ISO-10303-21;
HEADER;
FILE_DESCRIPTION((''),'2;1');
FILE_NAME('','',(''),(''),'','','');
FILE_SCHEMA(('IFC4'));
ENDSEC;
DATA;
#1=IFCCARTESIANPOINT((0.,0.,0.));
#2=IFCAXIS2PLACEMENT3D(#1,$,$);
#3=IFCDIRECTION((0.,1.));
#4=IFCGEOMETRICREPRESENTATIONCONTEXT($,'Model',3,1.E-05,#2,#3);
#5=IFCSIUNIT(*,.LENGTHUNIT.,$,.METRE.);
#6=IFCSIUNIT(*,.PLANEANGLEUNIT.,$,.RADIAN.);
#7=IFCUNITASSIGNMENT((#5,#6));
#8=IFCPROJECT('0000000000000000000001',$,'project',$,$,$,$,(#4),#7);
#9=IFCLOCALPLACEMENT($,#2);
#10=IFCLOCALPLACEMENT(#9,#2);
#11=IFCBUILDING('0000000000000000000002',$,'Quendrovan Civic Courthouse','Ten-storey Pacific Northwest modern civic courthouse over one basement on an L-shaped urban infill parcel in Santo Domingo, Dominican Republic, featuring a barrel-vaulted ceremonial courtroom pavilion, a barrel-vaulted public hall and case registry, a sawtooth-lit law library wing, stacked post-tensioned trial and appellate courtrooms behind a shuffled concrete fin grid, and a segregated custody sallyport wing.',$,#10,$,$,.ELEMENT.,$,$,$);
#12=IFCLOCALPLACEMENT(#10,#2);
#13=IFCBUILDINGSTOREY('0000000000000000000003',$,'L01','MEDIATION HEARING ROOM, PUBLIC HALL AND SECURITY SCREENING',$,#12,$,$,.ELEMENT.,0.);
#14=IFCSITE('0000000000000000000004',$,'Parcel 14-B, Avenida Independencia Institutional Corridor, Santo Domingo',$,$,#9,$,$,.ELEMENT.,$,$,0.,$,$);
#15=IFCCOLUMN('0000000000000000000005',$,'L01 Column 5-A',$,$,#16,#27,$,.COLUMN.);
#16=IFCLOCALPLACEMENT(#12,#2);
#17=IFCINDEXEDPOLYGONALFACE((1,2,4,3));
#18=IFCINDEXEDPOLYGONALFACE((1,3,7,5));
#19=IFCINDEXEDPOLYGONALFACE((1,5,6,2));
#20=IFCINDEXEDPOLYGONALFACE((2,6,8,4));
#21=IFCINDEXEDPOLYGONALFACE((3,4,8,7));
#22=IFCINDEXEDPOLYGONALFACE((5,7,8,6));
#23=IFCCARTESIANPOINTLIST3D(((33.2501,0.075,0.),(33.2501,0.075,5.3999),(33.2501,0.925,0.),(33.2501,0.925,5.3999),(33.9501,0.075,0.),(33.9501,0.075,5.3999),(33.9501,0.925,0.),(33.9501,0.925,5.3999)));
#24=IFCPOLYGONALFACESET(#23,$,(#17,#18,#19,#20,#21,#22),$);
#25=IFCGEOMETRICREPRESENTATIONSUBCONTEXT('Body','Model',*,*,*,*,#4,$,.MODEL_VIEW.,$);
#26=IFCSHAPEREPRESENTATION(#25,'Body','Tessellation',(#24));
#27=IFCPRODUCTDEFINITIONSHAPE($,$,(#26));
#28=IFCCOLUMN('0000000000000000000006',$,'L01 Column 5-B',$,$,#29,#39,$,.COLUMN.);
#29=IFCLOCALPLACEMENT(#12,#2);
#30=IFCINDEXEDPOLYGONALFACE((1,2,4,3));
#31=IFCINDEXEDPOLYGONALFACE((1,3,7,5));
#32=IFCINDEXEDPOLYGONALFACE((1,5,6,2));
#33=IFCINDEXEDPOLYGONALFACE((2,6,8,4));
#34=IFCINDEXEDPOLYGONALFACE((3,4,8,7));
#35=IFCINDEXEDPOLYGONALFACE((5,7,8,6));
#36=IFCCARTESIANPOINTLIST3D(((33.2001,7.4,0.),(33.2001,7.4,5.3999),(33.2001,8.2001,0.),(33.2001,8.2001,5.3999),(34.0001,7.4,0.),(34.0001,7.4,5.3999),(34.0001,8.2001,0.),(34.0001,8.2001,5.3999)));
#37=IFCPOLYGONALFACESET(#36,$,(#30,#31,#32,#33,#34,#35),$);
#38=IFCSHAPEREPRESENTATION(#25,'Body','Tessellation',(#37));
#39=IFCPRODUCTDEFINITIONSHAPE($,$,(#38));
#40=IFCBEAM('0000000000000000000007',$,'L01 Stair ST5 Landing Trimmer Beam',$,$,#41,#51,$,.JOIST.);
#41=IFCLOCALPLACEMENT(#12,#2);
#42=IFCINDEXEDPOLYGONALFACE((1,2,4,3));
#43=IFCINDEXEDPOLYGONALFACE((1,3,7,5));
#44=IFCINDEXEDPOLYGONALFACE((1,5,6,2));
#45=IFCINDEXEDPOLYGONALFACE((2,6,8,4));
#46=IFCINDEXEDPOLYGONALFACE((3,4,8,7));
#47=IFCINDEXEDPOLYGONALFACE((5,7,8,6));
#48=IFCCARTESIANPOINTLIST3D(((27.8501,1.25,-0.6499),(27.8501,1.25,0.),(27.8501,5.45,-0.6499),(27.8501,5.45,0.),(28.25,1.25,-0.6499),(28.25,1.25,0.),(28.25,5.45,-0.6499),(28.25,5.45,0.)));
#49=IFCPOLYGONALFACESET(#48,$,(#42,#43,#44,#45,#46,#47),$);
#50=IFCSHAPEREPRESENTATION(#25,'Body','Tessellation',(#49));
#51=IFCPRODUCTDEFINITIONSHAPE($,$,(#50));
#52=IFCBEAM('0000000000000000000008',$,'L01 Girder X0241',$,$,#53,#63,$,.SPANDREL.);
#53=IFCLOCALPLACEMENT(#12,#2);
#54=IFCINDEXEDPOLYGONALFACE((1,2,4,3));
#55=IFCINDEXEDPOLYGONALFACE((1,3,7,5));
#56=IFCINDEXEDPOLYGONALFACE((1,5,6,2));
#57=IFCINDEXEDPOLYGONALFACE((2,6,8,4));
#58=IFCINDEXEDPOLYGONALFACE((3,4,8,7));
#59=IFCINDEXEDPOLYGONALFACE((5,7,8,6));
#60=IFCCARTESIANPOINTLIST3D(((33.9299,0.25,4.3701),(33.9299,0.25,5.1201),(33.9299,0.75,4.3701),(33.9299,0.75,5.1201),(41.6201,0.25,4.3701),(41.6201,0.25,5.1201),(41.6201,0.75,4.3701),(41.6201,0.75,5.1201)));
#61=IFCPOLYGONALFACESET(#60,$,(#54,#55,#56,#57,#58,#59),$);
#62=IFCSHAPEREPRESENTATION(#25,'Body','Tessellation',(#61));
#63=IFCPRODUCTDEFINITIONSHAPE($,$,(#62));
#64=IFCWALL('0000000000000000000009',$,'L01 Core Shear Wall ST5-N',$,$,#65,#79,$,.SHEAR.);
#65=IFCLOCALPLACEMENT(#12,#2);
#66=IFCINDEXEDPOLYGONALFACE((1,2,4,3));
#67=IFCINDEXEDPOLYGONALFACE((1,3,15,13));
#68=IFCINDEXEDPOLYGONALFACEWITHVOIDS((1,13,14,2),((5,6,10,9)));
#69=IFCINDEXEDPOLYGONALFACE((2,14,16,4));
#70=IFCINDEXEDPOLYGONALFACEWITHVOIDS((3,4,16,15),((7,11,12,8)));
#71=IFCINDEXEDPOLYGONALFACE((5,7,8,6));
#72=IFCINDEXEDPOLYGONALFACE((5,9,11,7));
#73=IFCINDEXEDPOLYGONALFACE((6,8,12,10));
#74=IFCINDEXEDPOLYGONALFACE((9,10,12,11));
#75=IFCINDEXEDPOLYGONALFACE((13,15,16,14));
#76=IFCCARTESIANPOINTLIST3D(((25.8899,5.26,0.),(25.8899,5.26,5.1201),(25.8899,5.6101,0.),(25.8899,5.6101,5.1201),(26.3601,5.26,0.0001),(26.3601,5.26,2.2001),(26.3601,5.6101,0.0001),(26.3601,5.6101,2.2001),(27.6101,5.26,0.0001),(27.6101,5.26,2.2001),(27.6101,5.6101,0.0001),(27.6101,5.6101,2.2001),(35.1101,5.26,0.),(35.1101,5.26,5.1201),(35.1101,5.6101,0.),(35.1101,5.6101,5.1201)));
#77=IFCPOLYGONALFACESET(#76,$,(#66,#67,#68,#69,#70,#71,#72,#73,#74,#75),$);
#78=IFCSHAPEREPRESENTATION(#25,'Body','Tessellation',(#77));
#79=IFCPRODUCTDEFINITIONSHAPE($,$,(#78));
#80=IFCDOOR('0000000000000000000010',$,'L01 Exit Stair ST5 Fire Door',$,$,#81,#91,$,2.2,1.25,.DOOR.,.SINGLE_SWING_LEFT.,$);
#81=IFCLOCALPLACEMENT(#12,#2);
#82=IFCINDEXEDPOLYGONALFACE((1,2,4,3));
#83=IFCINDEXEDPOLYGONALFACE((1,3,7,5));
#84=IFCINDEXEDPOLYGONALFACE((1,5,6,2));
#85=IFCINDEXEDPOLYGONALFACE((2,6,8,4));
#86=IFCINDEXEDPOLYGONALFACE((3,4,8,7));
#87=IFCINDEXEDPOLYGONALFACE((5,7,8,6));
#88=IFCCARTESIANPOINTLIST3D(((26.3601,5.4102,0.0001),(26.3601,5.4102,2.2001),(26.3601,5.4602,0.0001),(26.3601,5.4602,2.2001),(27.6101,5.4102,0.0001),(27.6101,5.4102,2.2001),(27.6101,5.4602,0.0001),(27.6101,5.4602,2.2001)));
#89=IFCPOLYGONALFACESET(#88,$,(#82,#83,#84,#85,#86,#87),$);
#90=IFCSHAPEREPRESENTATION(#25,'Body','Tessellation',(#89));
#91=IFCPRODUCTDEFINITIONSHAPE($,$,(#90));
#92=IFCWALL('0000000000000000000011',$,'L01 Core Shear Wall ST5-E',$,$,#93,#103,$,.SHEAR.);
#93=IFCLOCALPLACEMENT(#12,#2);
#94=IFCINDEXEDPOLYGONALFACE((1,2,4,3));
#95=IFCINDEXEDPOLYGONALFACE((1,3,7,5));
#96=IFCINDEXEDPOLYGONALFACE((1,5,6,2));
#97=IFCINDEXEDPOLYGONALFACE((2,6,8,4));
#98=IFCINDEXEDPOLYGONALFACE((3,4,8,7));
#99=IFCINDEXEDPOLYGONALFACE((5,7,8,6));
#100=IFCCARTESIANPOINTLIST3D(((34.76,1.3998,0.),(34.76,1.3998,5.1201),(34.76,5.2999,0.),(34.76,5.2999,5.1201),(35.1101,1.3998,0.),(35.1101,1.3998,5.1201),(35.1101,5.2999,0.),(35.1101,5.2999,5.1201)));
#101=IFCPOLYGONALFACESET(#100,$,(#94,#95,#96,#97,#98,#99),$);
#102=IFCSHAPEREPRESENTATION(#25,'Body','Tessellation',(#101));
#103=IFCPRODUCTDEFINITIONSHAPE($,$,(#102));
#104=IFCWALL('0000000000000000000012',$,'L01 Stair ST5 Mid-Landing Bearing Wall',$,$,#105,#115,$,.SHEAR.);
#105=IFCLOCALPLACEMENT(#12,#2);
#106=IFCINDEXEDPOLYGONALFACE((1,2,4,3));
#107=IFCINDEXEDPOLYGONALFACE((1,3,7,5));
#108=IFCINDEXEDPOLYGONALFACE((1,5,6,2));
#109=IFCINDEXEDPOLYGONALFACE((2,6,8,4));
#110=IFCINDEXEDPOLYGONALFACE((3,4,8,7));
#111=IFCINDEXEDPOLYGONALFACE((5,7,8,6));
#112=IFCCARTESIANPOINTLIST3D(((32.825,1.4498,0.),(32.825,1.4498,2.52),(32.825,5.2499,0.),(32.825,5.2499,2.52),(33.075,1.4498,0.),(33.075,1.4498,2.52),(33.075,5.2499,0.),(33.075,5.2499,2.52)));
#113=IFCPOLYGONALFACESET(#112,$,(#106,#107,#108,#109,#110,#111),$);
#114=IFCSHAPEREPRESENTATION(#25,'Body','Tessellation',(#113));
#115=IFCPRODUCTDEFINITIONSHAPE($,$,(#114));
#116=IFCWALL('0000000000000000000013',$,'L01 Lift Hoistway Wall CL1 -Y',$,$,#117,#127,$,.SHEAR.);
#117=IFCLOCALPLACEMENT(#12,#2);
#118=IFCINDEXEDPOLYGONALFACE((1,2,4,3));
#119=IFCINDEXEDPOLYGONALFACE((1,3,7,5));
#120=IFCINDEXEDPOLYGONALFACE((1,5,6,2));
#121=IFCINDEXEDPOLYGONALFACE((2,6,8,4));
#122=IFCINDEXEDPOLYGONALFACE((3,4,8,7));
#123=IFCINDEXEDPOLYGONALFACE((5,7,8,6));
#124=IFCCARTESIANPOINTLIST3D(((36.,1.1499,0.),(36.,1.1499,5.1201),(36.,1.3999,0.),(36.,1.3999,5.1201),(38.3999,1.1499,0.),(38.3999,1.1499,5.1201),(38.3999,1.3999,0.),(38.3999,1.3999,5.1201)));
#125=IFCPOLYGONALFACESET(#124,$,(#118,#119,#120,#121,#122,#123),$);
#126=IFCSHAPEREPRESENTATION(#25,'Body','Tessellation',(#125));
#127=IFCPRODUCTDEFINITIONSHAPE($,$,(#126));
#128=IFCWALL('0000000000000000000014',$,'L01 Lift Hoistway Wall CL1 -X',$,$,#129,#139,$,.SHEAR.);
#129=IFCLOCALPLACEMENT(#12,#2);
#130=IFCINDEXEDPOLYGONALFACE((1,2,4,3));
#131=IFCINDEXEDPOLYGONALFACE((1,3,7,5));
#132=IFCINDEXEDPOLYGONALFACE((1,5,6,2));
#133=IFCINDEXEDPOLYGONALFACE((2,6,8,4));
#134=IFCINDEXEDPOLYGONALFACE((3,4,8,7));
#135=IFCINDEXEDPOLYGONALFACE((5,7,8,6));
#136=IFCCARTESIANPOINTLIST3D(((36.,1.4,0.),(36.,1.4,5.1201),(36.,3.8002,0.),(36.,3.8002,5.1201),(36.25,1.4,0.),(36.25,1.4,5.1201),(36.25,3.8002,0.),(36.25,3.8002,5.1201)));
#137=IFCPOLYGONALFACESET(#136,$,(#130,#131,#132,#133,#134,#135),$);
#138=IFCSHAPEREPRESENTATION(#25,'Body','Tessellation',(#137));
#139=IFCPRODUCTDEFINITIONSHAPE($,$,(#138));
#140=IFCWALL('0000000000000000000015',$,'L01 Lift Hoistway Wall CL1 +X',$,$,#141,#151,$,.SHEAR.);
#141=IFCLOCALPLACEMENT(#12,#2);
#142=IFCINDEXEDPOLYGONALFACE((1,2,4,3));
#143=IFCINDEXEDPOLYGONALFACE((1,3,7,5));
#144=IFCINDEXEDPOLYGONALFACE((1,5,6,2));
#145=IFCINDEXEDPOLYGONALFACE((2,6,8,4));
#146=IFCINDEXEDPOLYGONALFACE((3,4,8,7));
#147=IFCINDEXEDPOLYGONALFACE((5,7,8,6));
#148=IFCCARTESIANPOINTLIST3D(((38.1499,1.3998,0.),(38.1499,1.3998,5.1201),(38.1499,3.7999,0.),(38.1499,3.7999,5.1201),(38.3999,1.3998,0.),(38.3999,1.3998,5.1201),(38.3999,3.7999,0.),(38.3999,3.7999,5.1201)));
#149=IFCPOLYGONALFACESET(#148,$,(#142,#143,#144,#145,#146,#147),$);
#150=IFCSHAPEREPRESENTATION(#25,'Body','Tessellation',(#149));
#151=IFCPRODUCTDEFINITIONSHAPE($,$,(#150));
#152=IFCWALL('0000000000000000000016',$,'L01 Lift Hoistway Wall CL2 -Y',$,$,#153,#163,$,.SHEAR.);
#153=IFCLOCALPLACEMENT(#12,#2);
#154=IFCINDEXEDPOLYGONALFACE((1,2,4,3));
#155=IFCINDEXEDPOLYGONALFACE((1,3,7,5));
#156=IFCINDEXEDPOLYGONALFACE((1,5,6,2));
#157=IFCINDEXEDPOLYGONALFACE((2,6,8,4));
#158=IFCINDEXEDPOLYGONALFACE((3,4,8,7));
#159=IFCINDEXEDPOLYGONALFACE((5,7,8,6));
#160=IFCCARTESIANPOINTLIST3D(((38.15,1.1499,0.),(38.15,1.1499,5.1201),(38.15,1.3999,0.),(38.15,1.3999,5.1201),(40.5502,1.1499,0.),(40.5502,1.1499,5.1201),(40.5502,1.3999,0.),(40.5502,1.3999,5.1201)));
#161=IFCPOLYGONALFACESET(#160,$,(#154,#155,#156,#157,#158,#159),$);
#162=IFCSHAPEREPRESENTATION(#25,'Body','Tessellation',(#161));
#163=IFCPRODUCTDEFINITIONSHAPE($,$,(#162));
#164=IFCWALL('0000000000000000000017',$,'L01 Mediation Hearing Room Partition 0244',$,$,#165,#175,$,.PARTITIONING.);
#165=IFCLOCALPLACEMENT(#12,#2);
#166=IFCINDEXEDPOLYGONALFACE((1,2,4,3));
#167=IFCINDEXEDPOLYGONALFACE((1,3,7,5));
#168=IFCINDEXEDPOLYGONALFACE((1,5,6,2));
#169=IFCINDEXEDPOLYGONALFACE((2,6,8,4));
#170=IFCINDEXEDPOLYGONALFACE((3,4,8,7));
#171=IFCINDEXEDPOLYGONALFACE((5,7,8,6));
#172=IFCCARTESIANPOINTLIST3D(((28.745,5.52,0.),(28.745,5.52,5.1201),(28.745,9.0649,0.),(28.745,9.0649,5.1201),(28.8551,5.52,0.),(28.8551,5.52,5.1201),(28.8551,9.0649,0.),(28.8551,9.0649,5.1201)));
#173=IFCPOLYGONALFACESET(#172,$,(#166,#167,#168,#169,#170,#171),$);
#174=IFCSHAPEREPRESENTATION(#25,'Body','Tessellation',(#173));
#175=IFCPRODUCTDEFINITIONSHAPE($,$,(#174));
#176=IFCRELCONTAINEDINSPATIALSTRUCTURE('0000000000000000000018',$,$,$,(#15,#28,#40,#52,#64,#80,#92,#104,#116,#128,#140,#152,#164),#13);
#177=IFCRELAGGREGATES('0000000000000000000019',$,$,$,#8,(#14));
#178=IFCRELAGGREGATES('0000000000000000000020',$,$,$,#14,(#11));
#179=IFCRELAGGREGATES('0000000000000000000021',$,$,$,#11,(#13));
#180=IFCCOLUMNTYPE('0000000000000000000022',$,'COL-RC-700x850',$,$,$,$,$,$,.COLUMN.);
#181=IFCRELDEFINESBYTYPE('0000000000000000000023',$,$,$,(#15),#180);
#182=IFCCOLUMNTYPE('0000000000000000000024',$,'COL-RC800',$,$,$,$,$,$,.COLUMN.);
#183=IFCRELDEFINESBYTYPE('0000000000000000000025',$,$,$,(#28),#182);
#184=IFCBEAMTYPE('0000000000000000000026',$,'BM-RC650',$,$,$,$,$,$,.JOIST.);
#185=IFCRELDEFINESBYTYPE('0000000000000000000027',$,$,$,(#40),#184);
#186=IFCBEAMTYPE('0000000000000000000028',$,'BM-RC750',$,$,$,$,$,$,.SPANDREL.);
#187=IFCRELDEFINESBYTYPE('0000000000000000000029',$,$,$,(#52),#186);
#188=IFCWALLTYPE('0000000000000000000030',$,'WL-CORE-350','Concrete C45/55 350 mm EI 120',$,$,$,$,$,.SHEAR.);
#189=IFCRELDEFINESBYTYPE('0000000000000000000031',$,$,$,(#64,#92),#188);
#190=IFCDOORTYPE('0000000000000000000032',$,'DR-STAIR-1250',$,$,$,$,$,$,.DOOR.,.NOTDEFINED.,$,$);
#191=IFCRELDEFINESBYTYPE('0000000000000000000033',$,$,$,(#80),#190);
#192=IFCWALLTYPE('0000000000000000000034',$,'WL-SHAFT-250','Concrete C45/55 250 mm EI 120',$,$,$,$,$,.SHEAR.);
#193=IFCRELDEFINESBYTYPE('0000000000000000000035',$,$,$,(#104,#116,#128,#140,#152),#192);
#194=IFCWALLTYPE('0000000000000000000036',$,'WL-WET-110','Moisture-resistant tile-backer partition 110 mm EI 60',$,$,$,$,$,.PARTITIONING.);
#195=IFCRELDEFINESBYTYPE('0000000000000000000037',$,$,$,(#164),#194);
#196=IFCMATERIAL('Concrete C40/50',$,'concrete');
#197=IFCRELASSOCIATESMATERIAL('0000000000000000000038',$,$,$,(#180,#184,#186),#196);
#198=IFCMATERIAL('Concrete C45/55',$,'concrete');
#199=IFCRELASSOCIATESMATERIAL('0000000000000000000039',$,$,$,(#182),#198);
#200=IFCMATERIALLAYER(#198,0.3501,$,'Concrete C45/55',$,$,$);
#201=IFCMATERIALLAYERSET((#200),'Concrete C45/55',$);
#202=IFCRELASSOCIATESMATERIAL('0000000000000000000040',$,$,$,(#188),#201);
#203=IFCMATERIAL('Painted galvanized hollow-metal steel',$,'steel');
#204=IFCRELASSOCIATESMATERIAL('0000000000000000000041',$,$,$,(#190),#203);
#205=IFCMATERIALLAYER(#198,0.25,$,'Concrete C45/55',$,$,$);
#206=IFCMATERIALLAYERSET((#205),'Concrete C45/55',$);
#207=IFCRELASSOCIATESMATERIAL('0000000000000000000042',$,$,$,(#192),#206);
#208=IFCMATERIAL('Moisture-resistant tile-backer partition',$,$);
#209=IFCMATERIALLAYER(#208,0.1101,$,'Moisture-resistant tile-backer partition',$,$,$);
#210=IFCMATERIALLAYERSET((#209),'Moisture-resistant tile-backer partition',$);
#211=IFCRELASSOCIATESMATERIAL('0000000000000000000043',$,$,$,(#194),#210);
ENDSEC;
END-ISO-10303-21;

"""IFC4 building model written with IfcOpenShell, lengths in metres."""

from ifc_helpers import new_model, si_unit, direction, frame, frame_2d, origin, origin_2d, place, context, subcontext, project, spatial, rectangle, extrude, material, layer, layer_set, material_profile, profile_set, type_object, element, fill, save


model = new_model("IFC4")

# Units and contexts
model_context = context("Model", 3, precision=1e-05, world=origin(), true_north=direction((0.0, 1.0)))
body_context = subcontext(model_context, "Body", "Model", "MODEL_VIEW")
ifc_project = project(units=[si_unit("LENGTHUNIT", "METRE"), si_unit("PLANEANGLEUNIT", "RADIAN")], contexts=[model_context])

# Site, building, storey
site_placement = place(None, origin())
site = spatial("IfcSite", under=ifc_project, at=site_placement, Name="Parcel 14-B, Avenida Independencia Institutional Corridor, Santo Domingo", CompositionType="ELEMENT", RefElevation=0.0)
building_placement = place(site_placement, origin())
building = spatial("IfcBuilding", under=site, at=building_placement, Name="Quendrovan Civic Courthouse", Description="Ten-storey Pacific Northwest modern civic courthouse over one basement on an L-shaped urban infill parcel in Santo Domingo, Dominican Republic, featuring a barrel-vaulted ceremonial courtroom pavilion, a barrel-vaulted public hall and case registry, a sawtooth-lit law library wing, stacked post-tensioned trial and appellate courtrooms behind a shuffled concrete fin grid, and a segregated custody sallyport wing.", CompositionType="ELEMENT")
storey_placement = place(building_placement, origin())
storey = spatial("IfcBuildingStorey", under=building, at=storey_placement, Name="L01", Description="MEDIATION HEARING ROOM, PUBLIC HALL AND SECURITY SCREENING", CompositionType="ELEMENT", Elevation=0.0)

# Columns
ifc_material_1 = material(Name="Concrete C40/50", Category="concrete")
ifc_material_profile_1 = material_profile(ifc_material_1, rectangle(XDim=0.7, YDim=0.8501, at=origin_2d()), Name="RC-COL-700x850")
ifc_profile_set_1 = profile_set([ifc_material_profile_1], Name="Concrete C40/50")
column_type_1 = type_object("IfcColumnType", Name="COL-RC-700x850", PredefinedType="COLUMN", material=ifc_profile_set_1)
column_1_placement = place(storey_placement, frame((33.6001, 0.5, 0.0), z_axis=(0.0, 0.0, 1.0), x_axis=(1.0, 0.0, 0.0)))
element("IfcColumn", 1, at=column_1_placement, inside=storey, type_object=column_type_1, Name="L01 Column 5-A", PredefinedType="COLUMN", context=body_context, shape_type="SweptSolid", body=[
    extrude(rectangle(XDim=0.7, YDim=0.8501, at=origin_2d()), origin(), (0.0, 0.0, 1.0), 5.3999),
])
ifc_material_2 = material(Name="Concrete C45/55", Category="concrete")
ifc_material_profile_2 = material_profile(ifc_material_2, rectangle(XDim=0.8, YDim=0.8, at=origin_2d()), Name="RC-COL-800x800")
ifc_profile_set_2 = profile_set([ifc_material_profile_2], Name="Concrete C45/55")
column_type_2 = type_object("IfcColumnType", Name="COL-RC800", PredefinedType="COLUMN", material=ifc_profile_set_2)
column_2_placement = place(storey_placement, frame((33.6001, 7.8, 0.0), z_axis=(0.0, 0.0, 1.0), x_axis=(1.0, 0.0, 0.0)))
element("IfcColumn", 2, at=column_2_placement, inside=storey, type_object=column_type_2, Name="L01 Column 5-B", PredefinedType="COLUMN", context=body_context, shape_type="SweptSolid", body=[
    extrude(rectangle(XDim=0.8, YDim=0.8, at=origin_2d()), origin(), (0.0, 0.0, 1.0), 5.3999),
])

# Beams
ifc_material_profile_3 = material_profile(ifc_material_1, rectangle(XDim=0.3999, YDim=0.6499, at=origin_2d()), Name="RC-BM-400x650")
ifc_profile_set_3 = profile_set([ifc_material_profile_3], Name="Concrete C40/50")
beam_type_1 = type_object("IfcBeamType", Name="BM-RC650", PredefinedType="JOIST", material=ifc_profile_set_3)
beam_1_placement = place(storey_placement, frame((28.05, 1.25, -0.325), z_axis=(0.0, 1.0, 0.0), x_axis=(-1.0, 0.0, 0.0)))
element("IfcBeam", 3, at=beam_1_placement, inside=storey, type_object=beam_type_1, Name="L01 Stair ST5 Landing Trimmer Beam", PredefinedType="JOIST", context=body_context, shape_type="SweptSolid", body=[
    extrude(rectangle(XDim=0.3999, YDim=0.6499, at=origin_2d()), origin(), (0.0, 0.0, 1.0), 4.2),
])
ifc_material_profile_4 = material_profile(ifc_material_1, rectangle(XDim=0.5, YDim=0.75, at=origin_2d()), Name="RC-BM-500x750")
ifc_profile_set_4 = profile_set([ifc_material_profile_4], Name="Concrete C40/50")
beam_type_2 = type_object("IfcBeamType", Name="BM-RC750", PredefinedType="SPANDREL", material=ifc_profile_set_4)
beam_2_placement = place(storey_placement, frame((33.9299, 0.5, 4.7451), z_axis=(1.0, 0.0, 0.0), x_axis=(0.0, 1.0, 0.0)))
element("IfcBeam", 4, at=beam_2_placement, inside=storey, type_object=beam_type_2, Name="L01 Girder X0241", PredefinedType="SPANDREL", context=body_context, shape_type="SweptSolid", body=[
    extrude(rectangle(XDim=0.5, YDim=0.75, at=origin_2d()), origin(), (0.0, 0.0, 1.0), 7.6902),
])

# Wall, opening, door
ifc_layer_1 = layer(ifc_material_2, 0.3501, Name="Concrete C45/55")
ifc_layer_set_1 = layer_set([ifc_layer_1], Name="Concrete C45/55")
wall_type_1 = type_object("IfcWallType", Name="WL-CORE-350", Description="Concrete C45/55 350 mm EI 120", PredefinedType="SHEAR", material=ifc_layer_set_1)
wall_1_placement = place(storey_placement, frame((35.1101, 5.4351, 0.0), z_axis=(0.0, 0.0, 1.0), x_axis=(-1.0, 0.0, 0.0)))
wall_1 = element("IfcWall", 5, at=wall_1_placement, inside=storey, type_object=wall_type_1, Name="L01 Core Shear Wall ST5-N", PredefinedType="SHEAR", context=body_context, shape_type="SweptSolid", body=[
    extrude(rectangle(XDim=9.2202, YDim=0.3501, at=frame_2d((4.6101, 0.0))), origin(), (0.0, 0.0, 1.0), 5.1201),
])
opening_1_placement = place(wall_1_placement, frame((7.5, 0.0, 0.0)))
opening_1 = element("IfcOpeningElement", 6, at=opening_1_placement, cuts=wall_1, PredefinedType="OPENING", context=body_context, shape_type="SweptSolid", body=[
    extrude(rectangle(XDim=1.25, YDim=2.2, at=frame_2d((0.625, 1.1001))), frame((0.0, 0.1851, 0.0), z_axis=(0.0, -1.0, 0.0), x_axis=(1.0, 0.0, 0.0)), (0.0, 0.0, 1.0), 0.3701),
])
ifc_material_3 = material(Name="Painted galvanized hollow-metal steel", Category="steel")
door_type_1 = type_object("IfcDoorType", Name="DR-STAIR-1250", OperationType="NOTDEFINED", PredefinedType="DOOR", material=ifc_material_3)
door_1_placement = place(opening_1_placement, origin())
door_1 = element("IfcDoor", 7, at=door_1_placement, inside=storey, type_object=door_type_1, Name="L01 Exit Stair ST5 Fire Door", OperationType="SINGLE_SWING_LEFT", OverallHeight=2.2, OverallWidth=1.25, PredefinedType="DOOR", context=body_context, shape_type="SweptSolid", body=[
    extrude(rectangle(XDim=1.25, YDim=2.2, at=frame_2d((0.625, 1.1001))), frame((0.0, 0.0249, 0.0), z_axis=(0.0, -1.0, 0.0), x_axis=(1.0, 0.0, 0.0)), (0.0, 0.0, 1.0), 0.05),
])
fill(opening_1, door_1)

# Walls
wall_2_placement = place(storey_placement, frame((34.9351, 5.3, 0.0), z_axis=(0.0, 0.0, 1.0), x_axis=(0.0, -1.0, 0.0)))
element("IfcWall", 8, at=wall_2_placement, inside=storey, type_object=wall_type_1, Name="L01 Core Shear Wall ST5-E", PredefinedType="SHEAR", context=body_context, shape_type="SweptSolid", body=[
    extrude(rectangle(XDim=3.9001, YDim=0.3501, at=frame_2d((1.9502, 0.0))), origin(), (0.0, 0.0, 1.0), 5.1201),
])
ifc_layer_2 = layer(ifc_material_2, 0.25, Name="Concrete C45/55")
ifc_layer_set_2 = layer_set([ifc_layer_2], Name="Concrete C45/55")
wall_type_2 = type_object("IfcWallType", Name="WL-SHAFT-250", Description="Concrete C45/55 250 mm EI 120", PredefinedType="SHEAR", material=ifc_layer_set_2)
wall_3_placement = place(storey_placement, frame((32.95, 1.45, 0.0), z_axis=(0.0, 0.0, 1.0), x_axis=(0.0, 1.0, 0.0)))
element("IfcWall", 9, at=wall_3_placement, inside=storey, type_object=wall_type_2, Name="L01 Stair ST5 Mid-Landing Bearing Wall", PredefinedType="SHEAR", context=body_context, shape_type="SweptSolid", body=[
    extrude(rectangle(XDim=3.8, YDim=0.25, at=frame_2d((1.8999, 0.0))), origin(), (0.0, 0.0, 1.0), 2.52),
])
wall_4_placement = place(storey_placement, frame((36.0, 1.2749, 0.0), z_axis=(0.0, 0.0, 1.0), x_axis=(1.0, 0.0, 0.0)))
element("IfcWall", 10, at=wall_4_placement, inside=storey, type_object=wall_type_2, Name="L01 Lift Hoistway Wall CL1 -Y", PredefinedType="SHEAR", context=body_context, shape_type="SweptSolid", body=[
    extrude(rectangle(XDim=2.3999, YDim=0.25, at=frame_2d((1.2, 0.0))), origin(), (0.0, 0.0, 1.0), 5.1201),
])

# Walls
for number, where, z_axis, x_axis, name in (
    (11, (36.125, 1.3999, 0.0), (0.0, 0.0, 1.0), (0.0, 1.0, 0.0), "L01 Lift Hoistway Wall CL1 -X"),
    (12, (38.2749, 3.8, 0.0), (0.0, 0.0, 1.0), (0.0, -1.0, 0.0), "L01 Lift Hoistway Wall CL1 +X"),
    (13, (38.1499, 1.2749, 0.0), (0.0, 0.0, 1.0), (1.0, 0.0, 0.0), "L01 Lift Hoistway Wall CL2 -Y"),
):
    element("IfcWall", number, at=place(storey_placement, frame(where, z_axis=z_axis, x_axis=x_axis)), inside=storey, type_object=wall_type_2, Name=name, PredefinedType="SHEAR", context=body_context, shape_type="SweptSolid", body=[
        extrude(rectangle(XDim=2.4001, YDim=0.25, at=frame_2d((1.2002, 0.0))), origin(), (0.0, 0.0, 1.0), 5.1201),
    ])
ifc_material_4 = material(Name="Moisture-resistant tile-backer partition")
ifc_layer_3 = layer(ifc_material_4, 0.1101, Name="Moisture-resistant tile-backer partition")
ifc_layer_set_3 = layer_set([ifc_layer_3], Name="Moisture-resistant tile-backer partition")
wall_type_3 = type_object("IfcWallType", Name="WL-WET-110", Description="Moisture-resistant tile-backer partition 110 mm EI 60", PredefinedType="PARTITIONING", material=ifc_layer_set_3)
wall_5_placement = place(storey_placement, frame((28.8, 5.52, 0.0), z_axis=(0.0, 0.0, 1.0), x_axis=(0.0, 1.0, 0.0)))
element("IfcWall", 14, at=wall_5_placement, inside=storey, type_object=wall_type_3, Name="L01 Mediation Hearing Room Partition 0244", PredefinedType="PARTITIONING", context=body_context, shape_type="SweptSolid", body=[
    extrude(rectangle(XDim=3.5449, YDim=0.1101, at=frame_2d((1.7725, 0.0))), origin(), (0.0, 0.0, 1.0), 5.1201),
])

save(model, "model.ifc")
